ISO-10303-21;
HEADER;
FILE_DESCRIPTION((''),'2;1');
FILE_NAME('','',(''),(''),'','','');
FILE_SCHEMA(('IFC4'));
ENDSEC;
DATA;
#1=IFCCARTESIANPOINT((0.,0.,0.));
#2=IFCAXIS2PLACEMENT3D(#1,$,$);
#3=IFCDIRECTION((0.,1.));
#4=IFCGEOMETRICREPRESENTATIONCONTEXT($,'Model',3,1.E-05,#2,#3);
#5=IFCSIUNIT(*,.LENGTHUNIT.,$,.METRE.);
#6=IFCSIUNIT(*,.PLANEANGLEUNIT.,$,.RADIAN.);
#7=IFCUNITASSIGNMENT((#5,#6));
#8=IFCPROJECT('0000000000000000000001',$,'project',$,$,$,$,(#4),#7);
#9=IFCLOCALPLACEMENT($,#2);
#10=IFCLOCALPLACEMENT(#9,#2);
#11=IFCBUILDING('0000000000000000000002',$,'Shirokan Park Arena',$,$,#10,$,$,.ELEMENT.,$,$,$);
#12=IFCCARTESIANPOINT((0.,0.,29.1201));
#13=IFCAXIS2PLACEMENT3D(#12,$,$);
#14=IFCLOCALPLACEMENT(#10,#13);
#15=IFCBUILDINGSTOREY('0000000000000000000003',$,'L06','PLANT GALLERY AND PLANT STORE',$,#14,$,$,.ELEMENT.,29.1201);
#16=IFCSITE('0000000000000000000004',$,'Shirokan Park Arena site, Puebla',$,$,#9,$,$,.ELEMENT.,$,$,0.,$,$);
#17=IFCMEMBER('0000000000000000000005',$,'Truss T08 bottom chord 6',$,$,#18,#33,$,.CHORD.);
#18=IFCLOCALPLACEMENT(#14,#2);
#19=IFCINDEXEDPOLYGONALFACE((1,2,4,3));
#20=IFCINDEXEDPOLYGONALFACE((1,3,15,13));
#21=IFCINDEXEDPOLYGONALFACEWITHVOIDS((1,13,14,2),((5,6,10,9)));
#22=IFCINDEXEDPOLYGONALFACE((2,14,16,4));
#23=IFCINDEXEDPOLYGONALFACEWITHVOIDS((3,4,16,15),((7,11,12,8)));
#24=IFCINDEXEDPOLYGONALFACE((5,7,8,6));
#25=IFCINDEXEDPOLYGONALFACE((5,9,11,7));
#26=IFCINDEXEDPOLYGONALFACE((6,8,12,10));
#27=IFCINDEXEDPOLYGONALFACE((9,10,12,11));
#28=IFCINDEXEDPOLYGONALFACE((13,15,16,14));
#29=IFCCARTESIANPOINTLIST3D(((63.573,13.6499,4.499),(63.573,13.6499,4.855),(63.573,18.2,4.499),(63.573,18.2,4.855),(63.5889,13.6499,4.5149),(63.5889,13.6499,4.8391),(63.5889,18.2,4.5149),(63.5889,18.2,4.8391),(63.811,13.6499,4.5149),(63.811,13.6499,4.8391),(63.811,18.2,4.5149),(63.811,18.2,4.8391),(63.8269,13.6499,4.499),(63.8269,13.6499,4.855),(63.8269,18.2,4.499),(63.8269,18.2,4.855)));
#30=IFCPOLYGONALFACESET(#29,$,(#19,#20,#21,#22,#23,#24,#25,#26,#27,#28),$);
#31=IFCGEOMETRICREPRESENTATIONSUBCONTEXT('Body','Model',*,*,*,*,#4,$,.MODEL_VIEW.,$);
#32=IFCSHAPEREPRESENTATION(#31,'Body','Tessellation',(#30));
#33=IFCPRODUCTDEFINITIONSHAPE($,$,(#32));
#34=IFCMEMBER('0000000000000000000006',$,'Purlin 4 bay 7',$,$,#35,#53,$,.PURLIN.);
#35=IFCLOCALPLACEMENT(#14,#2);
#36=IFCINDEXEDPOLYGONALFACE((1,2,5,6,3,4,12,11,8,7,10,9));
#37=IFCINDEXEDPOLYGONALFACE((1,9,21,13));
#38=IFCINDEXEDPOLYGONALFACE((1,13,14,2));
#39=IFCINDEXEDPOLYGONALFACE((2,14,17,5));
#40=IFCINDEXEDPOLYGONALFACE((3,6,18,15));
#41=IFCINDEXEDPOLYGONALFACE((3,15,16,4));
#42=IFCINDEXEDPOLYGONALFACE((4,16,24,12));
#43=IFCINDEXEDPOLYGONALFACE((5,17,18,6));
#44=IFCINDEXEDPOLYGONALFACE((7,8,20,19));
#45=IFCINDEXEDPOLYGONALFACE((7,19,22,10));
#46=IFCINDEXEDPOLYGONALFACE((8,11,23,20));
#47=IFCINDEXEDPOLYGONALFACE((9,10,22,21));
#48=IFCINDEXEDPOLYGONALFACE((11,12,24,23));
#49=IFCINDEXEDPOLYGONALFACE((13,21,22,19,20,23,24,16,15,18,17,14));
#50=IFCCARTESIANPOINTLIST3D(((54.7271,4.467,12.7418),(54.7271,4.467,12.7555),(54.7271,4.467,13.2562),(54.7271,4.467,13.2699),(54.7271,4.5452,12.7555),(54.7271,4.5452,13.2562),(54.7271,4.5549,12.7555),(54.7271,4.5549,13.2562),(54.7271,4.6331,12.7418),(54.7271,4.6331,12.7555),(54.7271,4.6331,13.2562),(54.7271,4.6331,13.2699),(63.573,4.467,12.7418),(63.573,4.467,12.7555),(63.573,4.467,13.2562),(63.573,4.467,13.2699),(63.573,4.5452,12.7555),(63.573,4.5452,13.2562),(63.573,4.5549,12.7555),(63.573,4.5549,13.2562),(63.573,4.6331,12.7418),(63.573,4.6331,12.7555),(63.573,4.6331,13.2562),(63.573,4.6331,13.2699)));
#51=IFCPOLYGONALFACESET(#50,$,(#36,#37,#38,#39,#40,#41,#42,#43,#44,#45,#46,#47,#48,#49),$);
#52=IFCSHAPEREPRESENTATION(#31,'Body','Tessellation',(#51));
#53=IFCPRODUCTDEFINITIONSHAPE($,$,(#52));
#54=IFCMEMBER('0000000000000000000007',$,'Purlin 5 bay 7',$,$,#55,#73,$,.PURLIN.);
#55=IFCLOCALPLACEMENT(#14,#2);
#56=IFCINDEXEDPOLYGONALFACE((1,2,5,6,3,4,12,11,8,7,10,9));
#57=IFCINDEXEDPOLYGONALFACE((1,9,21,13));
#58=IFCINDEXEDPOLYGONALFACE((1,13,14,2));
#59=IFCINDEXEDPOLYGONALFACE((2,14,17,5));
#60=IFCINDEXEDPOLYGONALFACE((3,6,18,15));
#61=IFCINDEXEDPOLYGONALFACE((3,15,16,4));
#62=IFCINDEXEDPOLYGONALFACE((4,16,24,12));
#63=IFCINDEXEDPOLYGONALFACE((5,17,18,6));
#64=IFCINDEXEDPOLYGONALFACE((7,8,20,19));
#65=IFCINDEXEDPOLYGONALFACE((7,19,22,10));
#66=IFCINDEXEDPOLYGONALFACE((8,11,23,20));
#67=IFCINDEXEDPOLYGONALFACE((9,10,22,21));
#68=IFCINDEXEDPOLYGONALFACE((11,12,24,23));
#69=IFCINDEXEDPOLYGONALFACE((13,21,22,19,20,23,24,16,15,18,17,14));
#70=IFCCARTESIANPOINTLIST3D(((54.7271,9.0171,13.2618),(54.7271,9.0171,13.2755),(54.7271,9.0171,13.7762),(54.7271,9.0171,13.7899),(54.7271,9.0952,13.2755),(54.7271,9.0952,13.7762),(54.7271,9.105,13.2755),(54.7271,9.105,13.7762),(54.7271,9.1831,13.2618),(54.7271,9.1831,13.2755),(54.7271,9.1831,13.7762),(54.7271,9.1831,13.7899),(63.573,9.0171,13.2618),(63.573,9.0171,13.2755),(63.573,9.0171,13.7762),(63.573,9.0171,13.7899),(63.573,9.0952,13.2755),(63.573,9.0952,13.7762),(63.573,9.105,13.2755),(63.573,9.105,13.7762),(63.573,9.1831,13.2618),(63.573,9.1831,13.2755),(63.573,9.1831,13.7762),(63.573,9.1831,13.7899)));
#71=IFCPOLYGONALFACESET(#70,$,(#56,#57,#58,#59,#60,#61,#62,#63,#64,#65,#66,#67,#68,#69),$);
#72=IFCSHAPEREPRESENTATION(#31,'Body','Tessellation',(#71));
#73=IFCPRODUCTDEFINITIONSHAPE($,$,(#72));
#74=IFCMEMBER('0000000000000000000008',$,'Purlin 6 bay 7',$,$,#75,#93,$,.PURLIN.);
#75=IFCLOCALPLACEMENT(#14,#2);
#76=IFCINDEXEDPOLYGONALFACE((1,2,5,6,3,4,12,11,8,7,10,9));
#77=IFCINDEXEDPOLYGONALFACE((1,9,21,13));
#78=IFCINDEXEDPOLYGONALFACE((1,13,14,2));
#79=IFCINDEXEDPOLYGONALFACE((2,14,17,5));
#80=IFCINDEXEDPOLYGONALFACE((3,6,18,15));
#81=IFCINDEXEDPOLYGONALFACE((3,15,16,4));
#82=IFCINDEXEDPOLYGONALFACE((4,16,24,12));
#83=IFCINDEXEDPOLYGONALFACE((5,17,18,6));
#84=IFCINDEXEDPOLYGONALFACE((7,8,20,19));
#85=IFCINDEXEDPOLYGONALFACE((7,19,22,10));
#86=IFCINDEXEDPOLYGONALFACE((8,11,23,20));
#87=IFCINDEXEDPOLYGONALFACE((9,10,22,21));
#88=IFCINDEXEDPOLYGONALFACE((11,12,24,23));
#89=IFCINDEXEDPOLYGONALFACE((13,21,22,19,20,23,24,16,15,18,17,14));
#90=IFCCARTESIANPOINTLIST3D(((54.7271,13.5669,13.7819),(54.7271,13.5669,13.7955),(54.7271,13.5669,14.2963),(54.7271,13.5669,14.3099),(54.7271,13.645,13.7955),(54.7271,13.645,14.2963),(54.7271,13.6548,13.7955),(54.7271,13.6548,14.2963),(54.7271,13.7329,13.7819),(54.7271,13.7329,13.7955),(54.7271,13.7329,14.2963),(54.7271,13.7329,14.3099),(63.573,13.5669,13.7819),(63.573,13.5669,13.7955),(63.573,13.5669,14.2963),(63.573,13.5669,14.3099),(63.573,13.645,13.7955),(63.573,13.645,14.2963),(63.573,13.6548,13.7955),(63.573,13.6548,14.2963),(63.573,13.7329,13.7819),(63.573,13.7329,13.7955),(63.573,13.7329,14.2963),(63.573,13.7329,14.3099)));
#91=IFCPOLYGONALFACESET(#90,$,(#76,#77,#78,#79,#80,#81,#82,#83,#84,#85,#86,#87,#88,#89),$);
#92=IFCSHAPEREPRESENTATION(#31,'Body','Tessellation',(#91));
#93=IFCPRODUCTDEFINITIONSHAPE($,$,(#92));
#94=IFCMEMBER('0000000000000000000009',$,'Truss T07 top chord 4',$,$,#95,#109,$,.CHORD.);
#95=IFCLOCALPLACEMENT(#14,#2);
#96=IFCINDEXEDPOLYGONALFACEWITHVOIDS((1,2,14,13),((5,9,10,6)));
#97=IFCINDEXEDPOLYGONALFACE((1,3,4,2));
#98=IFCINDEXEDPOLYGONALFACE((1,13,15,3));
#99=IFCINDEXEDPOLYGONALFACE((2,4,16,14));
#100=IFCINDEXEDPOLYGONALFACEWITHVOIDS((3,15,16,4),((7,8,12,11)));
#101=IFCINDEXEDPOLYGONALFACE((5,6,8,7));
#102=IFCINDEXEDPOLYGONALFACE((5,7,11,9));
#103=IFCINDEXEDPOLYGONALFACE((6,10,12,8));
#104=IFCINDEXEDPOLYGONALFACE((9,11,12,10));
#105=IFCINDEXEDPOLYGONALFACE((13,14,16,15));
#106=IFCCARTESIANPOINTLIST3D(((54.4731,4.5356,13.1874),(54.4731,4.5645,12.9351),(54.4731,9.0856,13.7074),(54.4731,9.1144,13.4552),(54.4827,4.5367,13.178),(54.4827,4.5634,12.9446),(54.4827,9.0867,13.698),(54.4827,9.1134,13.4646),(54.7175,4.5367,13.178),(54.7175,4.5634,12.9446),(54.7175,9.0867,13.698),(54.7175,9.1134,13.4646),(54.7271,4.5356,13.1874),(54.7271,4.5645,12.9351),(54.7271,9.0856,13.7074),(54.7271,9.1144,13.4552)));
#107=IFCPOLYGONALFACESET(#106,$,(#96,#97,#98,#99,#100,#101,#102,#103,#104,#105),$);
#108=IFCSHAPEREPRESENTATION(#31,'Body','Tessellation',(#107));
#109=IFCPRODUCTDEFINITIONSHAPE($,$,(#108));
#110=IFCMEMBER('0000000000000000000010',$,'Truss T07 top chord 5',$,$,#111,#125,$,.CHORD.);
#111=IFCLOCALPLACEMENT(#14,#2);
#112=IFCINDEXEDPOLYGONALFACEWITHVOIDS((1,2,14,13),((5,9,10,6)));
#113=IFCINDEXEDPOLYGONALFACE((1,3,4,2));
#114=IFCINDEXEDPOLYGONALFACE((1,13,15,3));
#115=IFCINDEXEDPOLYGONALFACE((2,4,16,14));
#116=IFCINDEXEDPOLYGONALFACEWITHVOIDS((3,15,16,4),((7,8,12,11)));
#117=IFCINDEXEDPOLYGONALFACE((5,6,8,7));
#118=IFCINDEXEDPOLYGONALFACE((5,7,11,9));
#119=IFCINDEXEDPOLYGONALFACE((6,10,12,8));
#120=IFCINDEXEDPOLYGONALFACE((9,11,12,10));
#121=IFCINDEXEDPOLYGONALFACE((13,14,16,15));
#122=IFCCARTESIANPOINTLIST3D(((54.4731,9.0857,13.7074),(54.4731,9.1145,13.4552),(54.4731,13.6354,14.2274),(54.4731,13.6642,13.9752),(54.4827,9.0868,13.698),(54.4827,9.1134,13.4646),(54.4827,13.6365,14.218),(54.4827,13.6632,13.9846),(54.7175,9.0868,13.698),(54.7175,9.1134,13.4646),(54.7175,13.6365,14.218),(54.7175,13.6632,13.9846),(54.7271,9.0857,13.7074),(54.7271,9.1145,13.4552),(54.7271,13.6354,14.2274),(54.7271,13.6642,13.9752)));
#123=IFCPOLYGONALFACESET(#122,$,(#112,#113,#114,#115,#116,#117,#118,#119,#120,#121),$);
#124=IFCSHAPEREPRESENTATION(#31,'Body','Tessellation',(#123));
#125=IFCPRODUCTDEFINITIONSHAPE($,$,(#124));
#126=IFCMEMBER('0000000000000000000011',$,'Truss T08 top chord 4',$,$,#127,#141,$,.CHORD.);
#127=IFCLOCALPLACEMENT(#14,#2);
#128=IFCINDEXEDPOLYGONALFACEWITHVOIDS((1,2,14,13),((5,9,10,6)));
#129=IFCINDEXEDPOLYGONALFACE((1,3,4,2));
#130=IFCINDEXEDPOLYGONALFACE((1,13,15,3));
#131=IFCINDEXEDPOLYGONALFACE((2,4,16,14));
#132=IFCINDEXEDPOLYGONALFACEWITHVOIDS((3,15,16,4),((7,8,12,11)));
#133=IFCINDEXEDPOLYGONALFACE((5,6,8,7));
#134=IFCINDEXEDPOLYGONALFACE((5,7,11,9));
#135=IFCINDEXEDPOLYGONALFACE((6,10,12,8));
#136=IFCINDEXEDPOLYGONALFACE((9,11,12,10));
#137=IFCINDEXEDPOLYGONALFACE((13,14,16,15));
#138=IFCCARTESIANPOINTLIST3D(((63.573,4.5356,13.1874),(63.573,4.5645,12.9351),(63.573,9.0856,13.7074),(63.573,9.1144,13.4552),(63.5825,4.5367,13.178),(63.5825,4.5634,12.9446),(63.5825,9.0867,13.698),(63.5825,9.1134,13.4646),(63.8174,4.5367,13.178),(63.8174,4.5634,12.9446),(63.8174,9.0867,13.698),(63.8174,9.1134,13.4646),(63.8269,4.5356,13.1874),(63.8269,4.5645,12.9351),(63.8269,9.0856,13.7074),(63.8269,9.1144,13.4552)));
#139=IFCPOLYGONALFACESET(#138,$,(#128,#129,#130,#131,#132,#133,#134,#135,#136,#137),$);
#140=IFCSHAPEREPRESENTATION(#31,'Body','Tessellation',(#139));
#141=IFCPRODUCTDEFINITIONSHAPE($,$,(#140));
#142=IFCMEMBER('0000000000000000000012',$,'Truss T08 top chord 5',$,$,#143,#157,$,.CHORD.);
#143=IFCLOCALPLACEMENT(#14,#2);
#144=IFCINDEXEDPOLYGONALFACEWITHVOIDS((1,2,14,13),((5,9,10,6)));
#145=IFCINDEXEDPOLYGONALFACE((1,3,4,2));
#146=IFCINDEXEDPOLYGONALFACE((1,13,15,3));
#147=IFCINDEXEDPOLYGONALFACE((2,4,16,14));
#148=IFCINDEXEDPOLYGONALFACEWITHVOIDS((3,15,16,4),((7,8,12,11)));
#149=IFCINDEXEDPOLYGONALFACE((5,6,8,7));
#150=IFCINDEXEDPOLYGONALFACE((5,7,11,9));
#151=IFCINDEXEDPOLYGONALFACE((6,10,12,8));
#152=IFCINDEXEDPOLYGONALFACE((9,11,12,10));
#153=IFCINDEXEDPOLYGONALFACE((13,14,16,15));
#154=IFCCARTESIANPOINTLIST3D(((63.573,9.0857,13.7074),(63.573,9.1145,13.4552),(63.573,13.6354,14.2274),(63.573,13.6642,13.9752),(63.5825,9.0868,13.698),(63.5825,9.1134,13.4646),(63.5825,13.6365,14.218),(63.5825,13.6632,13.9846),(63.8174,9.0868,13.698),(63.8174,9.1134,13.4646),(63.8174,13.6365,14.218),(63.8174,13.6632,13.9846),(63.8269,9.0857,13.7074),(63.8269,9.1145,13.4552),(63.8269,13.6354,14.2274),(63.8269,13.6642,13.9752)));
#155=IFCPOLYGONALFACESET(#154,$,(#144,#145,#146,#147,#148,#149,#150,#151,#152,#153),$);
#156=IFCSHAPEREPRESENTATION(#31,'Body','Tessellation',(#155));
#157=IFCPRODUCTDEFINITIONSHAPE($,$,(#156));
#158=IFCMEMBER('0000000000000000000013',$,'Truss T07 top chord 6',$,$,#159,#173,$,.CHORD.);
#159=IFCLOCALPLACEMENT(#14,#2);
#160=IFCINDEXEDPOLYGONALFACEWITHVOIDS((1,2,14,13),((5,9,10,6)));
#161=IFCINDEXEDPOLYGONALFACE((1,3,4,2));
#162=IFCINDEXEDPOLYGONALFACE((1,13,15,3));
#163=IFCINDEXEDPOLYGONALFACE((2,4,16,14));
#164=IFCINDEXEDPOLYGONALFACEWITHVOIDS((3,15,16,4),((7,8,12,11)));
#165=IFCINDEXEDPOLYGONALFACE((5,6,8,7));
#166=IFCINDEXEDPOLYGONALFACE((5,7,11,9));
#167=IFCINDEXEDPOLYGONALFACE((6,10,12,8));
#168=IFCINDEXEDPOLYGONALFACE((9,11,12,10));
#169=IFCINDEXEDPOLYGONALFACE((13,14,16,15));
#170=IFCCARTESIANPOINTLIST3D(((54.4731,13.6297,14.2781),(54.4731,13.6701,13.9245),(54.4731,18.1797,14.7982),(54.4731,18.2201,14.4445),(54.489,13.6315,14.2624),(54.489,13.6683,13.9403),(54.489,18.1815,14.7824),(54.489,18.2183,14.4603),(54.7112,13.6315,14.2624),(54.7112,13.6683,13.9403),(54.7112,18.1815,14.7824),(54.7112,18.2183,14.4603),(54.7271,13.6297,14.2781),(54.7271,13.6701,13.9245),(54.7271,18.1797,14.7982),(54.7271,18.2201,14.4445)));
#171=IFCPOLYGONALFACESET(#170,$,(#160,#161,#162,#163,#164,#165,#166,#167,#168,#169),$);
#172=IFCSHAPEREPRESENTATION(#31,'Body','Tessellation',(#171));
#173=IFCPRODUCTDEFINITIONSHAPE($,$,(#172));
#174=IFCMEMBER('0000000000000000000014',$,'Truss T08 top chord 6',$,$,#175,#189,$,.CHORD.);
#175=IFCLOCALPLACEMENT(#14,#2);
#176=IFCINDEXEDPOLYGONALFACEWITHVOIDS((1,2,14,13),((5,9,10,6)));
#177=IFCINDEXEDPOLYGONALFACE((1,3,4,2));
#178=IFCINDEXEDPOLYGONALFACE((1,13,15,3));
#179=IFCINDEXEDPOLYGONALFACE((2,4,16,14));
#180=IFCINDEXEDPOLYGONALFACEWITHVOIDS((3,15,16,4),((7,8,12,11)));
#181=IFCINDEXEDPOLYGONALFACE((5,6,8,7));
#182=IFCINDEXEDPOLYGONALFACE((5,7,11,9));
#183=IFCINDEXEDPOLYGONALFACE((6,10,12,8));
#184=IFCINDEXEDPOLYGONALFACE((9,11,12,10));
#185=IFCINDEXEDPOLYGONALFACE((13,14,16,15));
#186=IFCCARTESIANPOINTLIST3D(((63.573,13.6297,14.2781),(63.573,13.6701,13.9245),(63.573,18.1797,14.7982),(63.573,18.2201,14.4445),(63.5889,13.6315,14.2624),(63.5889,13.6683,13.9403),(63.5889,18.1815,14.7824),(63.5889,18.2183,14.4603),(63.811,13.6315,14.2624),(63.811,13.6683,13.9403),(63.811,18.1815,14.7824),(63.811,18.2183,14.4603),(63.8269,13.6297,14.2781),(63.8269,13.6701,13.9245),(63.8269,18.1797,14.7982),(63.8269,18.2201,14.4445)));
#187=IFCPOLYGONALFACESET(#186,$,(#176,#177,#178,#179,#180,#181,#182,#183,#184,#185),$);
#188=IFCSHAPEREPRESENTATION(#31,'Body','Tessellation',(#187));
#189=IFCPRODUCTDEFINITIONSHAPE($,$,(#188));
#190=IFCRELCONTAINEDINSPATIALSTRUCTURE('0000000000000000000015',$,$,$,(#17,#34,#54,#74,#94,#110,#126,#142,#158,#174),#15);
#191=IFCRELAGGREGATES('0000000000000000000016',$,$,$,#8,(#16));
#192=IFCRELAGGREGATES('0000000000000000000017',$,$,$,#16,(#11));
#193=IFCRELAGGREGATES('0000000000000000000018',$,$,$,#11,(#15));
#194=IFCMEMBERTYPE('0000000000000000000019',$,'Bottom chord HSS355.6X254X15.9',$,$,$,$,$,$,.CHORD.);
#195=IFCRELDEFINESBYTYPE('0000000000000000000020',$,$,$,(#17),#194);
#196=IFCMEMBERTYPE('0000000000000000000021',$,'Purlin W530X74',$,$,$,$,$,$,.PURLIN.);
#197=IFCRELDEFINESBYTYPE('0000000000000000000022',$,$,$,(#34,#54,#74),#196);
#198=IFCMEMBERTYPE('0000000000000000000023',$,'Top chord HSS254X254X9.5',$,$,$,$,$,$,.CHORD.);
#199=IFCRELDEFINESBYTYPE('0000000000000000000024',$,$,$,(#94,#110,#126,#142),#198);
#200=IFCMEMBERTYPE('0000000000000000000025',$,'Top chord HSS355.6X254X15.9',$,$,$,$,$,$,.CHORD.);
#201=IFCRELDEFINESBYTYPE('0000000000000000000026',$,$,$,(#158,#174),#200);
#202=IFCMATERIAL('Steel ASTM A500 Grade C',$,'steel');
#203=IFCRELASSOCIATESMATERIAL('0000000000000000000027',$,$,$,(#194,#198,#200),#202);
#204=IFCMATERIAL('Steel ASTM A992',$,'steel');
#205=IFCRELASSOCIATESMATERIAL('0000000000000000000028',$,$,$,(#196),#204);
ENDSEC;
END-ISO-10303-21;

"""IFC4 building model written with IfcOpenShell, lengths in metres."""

from ifc_helpers import new_model, si_unit, direction, frame, origin, origin_2d, place, context, subcontext, project, spatial, hollow_rectangle, i_section, extrude, material, material_profile, profile_set, type_object, element, save


model = new_model("IFC4")

# Units and contexts
model_context = context("Model", 3, precision=1e-05, world=origin(), true_north=direction((0.0, 1.0)))
body_context = subcontext(model_context, "Body", "Model", "MODEL_VIEW")
ifc_project = project(units=[si_unit("LENGTHUNIT", "METRE"), si_unit("PLANEANGLEUNIT", "RADIAN")], contexts=[model_context])

# Site, building, storey
site_placement = place(None, origin())
site = spatial("IfcSite", under=ifc_project, at=site_placement, Name="Shirokan Park Arena site, Puebla", CompositionType="ELEMENT", RefElevation=0.0)
building_placement = place(site_placement, origin())
building = spatial("IfcBuilding", under=site, at=building_placement, Name="Shirokan Park Arena", CompositionType="ELEMENT")
storey_placement = place(building_placement, frame((0.0, 0.0, 29.1201)))
storey = spatial("IfcBuildingStorey", under=building, at=storey_placement, Name="L06", Description="PLANT GALLERY AND PLANT STORE", CompositionType="ELEMENT", Elevation=29.1201)

# Members
ifc_material_1 = material(Name="Steel ASTM A500 Grade C", Category="steel")
ifc_material_profile_1 = material_profile(ifc_material_1, hollow_rectangle(XDim=0.2539, YDim=0.356, WallThickness=0.0159, at=origin_2d()), Name="HSS355.6X254X15.9")
ifc_profile_set_1 = profile_set([ifc_material_profile_1], Name="Steel ASTM A500 Grade C")
member_type_1 = type_object("IfcMemberType", Name="Bottom chord HSS355.6X254X15.9", PredefinedType="CHORD", material=ifc_profile_set_1)
member_1_placement = place(storey_placement, frame((63.7, 13.6499, 4.677), z_axis=(0.0, 1.0, 0.0), x_axis=(-1.0, 0.0, 0.0)))
element("IfcMember", 1, at=member_1_placement, inside=storey, type_object=member_type_1, Name="Truss T08 bottom chord 6", PredefinedType="CHORD", context=body_context, shape_type="SweptSolid", body=[
    extrude(hollow_rectangle(XDim=0.2539, YDim=0.356, WallThickness=0.0159, at=origin_2d()), origin(), (0.0, 0.0, 1.0), 4.55),
])
ifc_material_2 = material(Name="Steel ASTM A992", Category="steel")
ifc_material_profile_2 = material_profile(ifc_material_2, i_section(OverallWidth=0.166, OverallDepth=0.5281, WebThickness=0.0098, FlangeThickness=0.0137, at=origin_2d()), Name="W530X74")
ifc_profile_set_2 = profile_set([ifc_material_profile_2], Name="Steel ASTM A992")
member_type_2 = type_object("IfcMemberType", Name="Purlin W530X74", PredefinedType="PURLIN", material=ifc_profile_set_2)
for number, where, z_axis, x_axis, name in (
    (2, (54.7271, 4.55, 13.0059), (1.0, 0.0, 0.0), (0.0, 1.0, 0.0), "Purlin 4 bay 7"),
    (3, (54.7271, 9.1001, 13.5259), (1.0, 0.0, 0.0), (0.0, 1.0, 0.0), "Purlin 5 bay 7"),
    (4, (54.7271, 13.6499, 14.0459), (1.0, 0.0, 0.0), (0.0, 1.0, 0.0), "Purlin 6 bay 7"),
):
    element("IfcMember", number, at=place(storey_placement, frame(where, z_axis=z_axis, x_axis=x_axis)), inside=storey, type_object=member_type_2, Name=name, PredefinedType="PURLIN", context=body_context, shape_type="SweptSolid", body=[
        extrude(i_section(OverallWidth=0.166, OverallDepth=0.5281, WebThickness=0.0098, FlangeThickness=0.0137, at=origin_2d()), origin(), (0.0, 0.0, 1.0), 8.8459),
    ])
ifc_material_profile_3 = material_profile(ifc_material_1, hollow_rectangle(XDim=0.2539, YDim=0.2539, WallThickness=0.0095, at=origin_2d()), Name="HSS254X254X9.5")
ifc_profile_set_3 = profile_set([ifc_material_profile_3], Name="Steel ASTM A500 Grade C")
member_type_3 = type_object("IfcMemberType", Name="Top chord HSS254X254X9.5", PredefinedType="CHORD", material=ifc_profile_set_3)
member_2_placement = place(storey_placement, frame((54.6001, 4.55, 13.0613), z_axis=(0.0, 0.993532, 0.11355), x_axis=(-1.0, 0.0, 0.0)))
element("IfcMember", 5, at=member_2_placement, inside=storey, type_object=member_type_3, Name="Truss T07 top chord 4", PredefinedType="CHORD", context=body_context, shape_type="SweptSolid", body=[
    extrude(hollow_rectangle(XDim=0.2539, YDim=0.2539, WallThickness=0.0095, at=origin_2d()), origin(), (0.0, 0.0, 1.0), 4.5796),
])
member_3_placement = place(storey_placement, frame((54.6001, 9.1001, 13.5813), z_axis=(0.0, 0.993532, 0.113556), x_axis=(-1.0, 0.0, 0.0)))
element("IfcMember", 6, at=member_3_placement, inside=storey, type_object=member_type_3, Name="Truss T07 top chord 5", PredefinedType="CHORD", context=body_context, shape_type="SweptSolid", body=[
    extrude(hollow_rectangle(XDim=0.2539, YDim=0.2539, WallThickness=0.0095, at=origin_2d()), origin(), (0.0, 0.0, 1.0), 4.5793),
])
member_4_placement = place(storey_placement, frame((63.7, 4.55, 13.0613), z_axis=(0.0, 0.993532, 0.11355), x_axis=(-1.0, 0.0, 0.0)))
element("IfcMember", 7, at=member_4_placement, inside=storey, type_object=member_type_3, Name="Truss T08 top chord 4", PredefinedType="CHORD", context=body_context, shape_type="SweptSolid", body=[
    extrude(hollow_rectangle(XDim=0.2539, YDim=0.2539, WallThickness=0.0095, at=origin_2d()), origin(), (0.0, 0.0, 1.0), 4.5796),
])
member_5_placement = place(storey_placement, frame((63.7, 9.1001, 13.5813), z_axis=(0.0, 0.993532, 0.113556), x_axis=(-1.0, 0.0, 0.0)))
element("IfcMember", 8, at=member_5_placement, inside=storey, type_object=member_type_3, Name="Truss T08 top chord 5", PredefinedType="CHORD", context=body_context, shape_type="SweptSolid", body=[
    extrude(hollow_rectangle(XDim=0.2539, YDim=0.2539, WallThickness=0.0095, at=origin_2d()), origin(), (0.0, 0.0, 1.0), 4.5793),
])
ifc_material_profile_4 = material_profile(ifc_material_1, hollow_rectangle(XDim=0.2539, YDim=0.356, WallThickness=0.0159, at=origin_2d()), Name="HSS355.6X254X15.9")
ifc_profile_set_4 = profile_set([ifc_material_profile_4], Name="Steel ASTM A500 Grade C")
member_type_4 = type_object("IfcMemberType", Name="Top chord HSS355.6X254X15.9", PredefinedType="CHORD", material=ifc_profile_set_4)
for number, where, z_axis, x_axis, name in (
    (9, (54.6001, 13.6499, 14.1013), (0.0, 0.993532, 0.11355), (-1.0, 0.0, 0.0), "Truss T07 top chord 6"),
    (10, (63.7, 13.6499, 14.1013), (0.0, 0.993532, 0.11355), (-1.0, 0.0, 0.0), "Truss T08 top chord 6"),
):
    element("IfcMember", number, at=place(storey_placement, frame(where, z_axis=z_axis, x_axis=x_axis)), inside=storey, type_object=member_type_4, Name=name, PredefinedType="CHORD", context=body_context, shape_type="SweptSolid", body=[
        extrude(hollow_rectangle(XDim=0.2539, YDim=0.356, WallThickness=0.0159, at=origin_2d()), origin(), (0.0, 0.0, 1.0), 4.5796),
    ])

save(model, "model.ifc")
